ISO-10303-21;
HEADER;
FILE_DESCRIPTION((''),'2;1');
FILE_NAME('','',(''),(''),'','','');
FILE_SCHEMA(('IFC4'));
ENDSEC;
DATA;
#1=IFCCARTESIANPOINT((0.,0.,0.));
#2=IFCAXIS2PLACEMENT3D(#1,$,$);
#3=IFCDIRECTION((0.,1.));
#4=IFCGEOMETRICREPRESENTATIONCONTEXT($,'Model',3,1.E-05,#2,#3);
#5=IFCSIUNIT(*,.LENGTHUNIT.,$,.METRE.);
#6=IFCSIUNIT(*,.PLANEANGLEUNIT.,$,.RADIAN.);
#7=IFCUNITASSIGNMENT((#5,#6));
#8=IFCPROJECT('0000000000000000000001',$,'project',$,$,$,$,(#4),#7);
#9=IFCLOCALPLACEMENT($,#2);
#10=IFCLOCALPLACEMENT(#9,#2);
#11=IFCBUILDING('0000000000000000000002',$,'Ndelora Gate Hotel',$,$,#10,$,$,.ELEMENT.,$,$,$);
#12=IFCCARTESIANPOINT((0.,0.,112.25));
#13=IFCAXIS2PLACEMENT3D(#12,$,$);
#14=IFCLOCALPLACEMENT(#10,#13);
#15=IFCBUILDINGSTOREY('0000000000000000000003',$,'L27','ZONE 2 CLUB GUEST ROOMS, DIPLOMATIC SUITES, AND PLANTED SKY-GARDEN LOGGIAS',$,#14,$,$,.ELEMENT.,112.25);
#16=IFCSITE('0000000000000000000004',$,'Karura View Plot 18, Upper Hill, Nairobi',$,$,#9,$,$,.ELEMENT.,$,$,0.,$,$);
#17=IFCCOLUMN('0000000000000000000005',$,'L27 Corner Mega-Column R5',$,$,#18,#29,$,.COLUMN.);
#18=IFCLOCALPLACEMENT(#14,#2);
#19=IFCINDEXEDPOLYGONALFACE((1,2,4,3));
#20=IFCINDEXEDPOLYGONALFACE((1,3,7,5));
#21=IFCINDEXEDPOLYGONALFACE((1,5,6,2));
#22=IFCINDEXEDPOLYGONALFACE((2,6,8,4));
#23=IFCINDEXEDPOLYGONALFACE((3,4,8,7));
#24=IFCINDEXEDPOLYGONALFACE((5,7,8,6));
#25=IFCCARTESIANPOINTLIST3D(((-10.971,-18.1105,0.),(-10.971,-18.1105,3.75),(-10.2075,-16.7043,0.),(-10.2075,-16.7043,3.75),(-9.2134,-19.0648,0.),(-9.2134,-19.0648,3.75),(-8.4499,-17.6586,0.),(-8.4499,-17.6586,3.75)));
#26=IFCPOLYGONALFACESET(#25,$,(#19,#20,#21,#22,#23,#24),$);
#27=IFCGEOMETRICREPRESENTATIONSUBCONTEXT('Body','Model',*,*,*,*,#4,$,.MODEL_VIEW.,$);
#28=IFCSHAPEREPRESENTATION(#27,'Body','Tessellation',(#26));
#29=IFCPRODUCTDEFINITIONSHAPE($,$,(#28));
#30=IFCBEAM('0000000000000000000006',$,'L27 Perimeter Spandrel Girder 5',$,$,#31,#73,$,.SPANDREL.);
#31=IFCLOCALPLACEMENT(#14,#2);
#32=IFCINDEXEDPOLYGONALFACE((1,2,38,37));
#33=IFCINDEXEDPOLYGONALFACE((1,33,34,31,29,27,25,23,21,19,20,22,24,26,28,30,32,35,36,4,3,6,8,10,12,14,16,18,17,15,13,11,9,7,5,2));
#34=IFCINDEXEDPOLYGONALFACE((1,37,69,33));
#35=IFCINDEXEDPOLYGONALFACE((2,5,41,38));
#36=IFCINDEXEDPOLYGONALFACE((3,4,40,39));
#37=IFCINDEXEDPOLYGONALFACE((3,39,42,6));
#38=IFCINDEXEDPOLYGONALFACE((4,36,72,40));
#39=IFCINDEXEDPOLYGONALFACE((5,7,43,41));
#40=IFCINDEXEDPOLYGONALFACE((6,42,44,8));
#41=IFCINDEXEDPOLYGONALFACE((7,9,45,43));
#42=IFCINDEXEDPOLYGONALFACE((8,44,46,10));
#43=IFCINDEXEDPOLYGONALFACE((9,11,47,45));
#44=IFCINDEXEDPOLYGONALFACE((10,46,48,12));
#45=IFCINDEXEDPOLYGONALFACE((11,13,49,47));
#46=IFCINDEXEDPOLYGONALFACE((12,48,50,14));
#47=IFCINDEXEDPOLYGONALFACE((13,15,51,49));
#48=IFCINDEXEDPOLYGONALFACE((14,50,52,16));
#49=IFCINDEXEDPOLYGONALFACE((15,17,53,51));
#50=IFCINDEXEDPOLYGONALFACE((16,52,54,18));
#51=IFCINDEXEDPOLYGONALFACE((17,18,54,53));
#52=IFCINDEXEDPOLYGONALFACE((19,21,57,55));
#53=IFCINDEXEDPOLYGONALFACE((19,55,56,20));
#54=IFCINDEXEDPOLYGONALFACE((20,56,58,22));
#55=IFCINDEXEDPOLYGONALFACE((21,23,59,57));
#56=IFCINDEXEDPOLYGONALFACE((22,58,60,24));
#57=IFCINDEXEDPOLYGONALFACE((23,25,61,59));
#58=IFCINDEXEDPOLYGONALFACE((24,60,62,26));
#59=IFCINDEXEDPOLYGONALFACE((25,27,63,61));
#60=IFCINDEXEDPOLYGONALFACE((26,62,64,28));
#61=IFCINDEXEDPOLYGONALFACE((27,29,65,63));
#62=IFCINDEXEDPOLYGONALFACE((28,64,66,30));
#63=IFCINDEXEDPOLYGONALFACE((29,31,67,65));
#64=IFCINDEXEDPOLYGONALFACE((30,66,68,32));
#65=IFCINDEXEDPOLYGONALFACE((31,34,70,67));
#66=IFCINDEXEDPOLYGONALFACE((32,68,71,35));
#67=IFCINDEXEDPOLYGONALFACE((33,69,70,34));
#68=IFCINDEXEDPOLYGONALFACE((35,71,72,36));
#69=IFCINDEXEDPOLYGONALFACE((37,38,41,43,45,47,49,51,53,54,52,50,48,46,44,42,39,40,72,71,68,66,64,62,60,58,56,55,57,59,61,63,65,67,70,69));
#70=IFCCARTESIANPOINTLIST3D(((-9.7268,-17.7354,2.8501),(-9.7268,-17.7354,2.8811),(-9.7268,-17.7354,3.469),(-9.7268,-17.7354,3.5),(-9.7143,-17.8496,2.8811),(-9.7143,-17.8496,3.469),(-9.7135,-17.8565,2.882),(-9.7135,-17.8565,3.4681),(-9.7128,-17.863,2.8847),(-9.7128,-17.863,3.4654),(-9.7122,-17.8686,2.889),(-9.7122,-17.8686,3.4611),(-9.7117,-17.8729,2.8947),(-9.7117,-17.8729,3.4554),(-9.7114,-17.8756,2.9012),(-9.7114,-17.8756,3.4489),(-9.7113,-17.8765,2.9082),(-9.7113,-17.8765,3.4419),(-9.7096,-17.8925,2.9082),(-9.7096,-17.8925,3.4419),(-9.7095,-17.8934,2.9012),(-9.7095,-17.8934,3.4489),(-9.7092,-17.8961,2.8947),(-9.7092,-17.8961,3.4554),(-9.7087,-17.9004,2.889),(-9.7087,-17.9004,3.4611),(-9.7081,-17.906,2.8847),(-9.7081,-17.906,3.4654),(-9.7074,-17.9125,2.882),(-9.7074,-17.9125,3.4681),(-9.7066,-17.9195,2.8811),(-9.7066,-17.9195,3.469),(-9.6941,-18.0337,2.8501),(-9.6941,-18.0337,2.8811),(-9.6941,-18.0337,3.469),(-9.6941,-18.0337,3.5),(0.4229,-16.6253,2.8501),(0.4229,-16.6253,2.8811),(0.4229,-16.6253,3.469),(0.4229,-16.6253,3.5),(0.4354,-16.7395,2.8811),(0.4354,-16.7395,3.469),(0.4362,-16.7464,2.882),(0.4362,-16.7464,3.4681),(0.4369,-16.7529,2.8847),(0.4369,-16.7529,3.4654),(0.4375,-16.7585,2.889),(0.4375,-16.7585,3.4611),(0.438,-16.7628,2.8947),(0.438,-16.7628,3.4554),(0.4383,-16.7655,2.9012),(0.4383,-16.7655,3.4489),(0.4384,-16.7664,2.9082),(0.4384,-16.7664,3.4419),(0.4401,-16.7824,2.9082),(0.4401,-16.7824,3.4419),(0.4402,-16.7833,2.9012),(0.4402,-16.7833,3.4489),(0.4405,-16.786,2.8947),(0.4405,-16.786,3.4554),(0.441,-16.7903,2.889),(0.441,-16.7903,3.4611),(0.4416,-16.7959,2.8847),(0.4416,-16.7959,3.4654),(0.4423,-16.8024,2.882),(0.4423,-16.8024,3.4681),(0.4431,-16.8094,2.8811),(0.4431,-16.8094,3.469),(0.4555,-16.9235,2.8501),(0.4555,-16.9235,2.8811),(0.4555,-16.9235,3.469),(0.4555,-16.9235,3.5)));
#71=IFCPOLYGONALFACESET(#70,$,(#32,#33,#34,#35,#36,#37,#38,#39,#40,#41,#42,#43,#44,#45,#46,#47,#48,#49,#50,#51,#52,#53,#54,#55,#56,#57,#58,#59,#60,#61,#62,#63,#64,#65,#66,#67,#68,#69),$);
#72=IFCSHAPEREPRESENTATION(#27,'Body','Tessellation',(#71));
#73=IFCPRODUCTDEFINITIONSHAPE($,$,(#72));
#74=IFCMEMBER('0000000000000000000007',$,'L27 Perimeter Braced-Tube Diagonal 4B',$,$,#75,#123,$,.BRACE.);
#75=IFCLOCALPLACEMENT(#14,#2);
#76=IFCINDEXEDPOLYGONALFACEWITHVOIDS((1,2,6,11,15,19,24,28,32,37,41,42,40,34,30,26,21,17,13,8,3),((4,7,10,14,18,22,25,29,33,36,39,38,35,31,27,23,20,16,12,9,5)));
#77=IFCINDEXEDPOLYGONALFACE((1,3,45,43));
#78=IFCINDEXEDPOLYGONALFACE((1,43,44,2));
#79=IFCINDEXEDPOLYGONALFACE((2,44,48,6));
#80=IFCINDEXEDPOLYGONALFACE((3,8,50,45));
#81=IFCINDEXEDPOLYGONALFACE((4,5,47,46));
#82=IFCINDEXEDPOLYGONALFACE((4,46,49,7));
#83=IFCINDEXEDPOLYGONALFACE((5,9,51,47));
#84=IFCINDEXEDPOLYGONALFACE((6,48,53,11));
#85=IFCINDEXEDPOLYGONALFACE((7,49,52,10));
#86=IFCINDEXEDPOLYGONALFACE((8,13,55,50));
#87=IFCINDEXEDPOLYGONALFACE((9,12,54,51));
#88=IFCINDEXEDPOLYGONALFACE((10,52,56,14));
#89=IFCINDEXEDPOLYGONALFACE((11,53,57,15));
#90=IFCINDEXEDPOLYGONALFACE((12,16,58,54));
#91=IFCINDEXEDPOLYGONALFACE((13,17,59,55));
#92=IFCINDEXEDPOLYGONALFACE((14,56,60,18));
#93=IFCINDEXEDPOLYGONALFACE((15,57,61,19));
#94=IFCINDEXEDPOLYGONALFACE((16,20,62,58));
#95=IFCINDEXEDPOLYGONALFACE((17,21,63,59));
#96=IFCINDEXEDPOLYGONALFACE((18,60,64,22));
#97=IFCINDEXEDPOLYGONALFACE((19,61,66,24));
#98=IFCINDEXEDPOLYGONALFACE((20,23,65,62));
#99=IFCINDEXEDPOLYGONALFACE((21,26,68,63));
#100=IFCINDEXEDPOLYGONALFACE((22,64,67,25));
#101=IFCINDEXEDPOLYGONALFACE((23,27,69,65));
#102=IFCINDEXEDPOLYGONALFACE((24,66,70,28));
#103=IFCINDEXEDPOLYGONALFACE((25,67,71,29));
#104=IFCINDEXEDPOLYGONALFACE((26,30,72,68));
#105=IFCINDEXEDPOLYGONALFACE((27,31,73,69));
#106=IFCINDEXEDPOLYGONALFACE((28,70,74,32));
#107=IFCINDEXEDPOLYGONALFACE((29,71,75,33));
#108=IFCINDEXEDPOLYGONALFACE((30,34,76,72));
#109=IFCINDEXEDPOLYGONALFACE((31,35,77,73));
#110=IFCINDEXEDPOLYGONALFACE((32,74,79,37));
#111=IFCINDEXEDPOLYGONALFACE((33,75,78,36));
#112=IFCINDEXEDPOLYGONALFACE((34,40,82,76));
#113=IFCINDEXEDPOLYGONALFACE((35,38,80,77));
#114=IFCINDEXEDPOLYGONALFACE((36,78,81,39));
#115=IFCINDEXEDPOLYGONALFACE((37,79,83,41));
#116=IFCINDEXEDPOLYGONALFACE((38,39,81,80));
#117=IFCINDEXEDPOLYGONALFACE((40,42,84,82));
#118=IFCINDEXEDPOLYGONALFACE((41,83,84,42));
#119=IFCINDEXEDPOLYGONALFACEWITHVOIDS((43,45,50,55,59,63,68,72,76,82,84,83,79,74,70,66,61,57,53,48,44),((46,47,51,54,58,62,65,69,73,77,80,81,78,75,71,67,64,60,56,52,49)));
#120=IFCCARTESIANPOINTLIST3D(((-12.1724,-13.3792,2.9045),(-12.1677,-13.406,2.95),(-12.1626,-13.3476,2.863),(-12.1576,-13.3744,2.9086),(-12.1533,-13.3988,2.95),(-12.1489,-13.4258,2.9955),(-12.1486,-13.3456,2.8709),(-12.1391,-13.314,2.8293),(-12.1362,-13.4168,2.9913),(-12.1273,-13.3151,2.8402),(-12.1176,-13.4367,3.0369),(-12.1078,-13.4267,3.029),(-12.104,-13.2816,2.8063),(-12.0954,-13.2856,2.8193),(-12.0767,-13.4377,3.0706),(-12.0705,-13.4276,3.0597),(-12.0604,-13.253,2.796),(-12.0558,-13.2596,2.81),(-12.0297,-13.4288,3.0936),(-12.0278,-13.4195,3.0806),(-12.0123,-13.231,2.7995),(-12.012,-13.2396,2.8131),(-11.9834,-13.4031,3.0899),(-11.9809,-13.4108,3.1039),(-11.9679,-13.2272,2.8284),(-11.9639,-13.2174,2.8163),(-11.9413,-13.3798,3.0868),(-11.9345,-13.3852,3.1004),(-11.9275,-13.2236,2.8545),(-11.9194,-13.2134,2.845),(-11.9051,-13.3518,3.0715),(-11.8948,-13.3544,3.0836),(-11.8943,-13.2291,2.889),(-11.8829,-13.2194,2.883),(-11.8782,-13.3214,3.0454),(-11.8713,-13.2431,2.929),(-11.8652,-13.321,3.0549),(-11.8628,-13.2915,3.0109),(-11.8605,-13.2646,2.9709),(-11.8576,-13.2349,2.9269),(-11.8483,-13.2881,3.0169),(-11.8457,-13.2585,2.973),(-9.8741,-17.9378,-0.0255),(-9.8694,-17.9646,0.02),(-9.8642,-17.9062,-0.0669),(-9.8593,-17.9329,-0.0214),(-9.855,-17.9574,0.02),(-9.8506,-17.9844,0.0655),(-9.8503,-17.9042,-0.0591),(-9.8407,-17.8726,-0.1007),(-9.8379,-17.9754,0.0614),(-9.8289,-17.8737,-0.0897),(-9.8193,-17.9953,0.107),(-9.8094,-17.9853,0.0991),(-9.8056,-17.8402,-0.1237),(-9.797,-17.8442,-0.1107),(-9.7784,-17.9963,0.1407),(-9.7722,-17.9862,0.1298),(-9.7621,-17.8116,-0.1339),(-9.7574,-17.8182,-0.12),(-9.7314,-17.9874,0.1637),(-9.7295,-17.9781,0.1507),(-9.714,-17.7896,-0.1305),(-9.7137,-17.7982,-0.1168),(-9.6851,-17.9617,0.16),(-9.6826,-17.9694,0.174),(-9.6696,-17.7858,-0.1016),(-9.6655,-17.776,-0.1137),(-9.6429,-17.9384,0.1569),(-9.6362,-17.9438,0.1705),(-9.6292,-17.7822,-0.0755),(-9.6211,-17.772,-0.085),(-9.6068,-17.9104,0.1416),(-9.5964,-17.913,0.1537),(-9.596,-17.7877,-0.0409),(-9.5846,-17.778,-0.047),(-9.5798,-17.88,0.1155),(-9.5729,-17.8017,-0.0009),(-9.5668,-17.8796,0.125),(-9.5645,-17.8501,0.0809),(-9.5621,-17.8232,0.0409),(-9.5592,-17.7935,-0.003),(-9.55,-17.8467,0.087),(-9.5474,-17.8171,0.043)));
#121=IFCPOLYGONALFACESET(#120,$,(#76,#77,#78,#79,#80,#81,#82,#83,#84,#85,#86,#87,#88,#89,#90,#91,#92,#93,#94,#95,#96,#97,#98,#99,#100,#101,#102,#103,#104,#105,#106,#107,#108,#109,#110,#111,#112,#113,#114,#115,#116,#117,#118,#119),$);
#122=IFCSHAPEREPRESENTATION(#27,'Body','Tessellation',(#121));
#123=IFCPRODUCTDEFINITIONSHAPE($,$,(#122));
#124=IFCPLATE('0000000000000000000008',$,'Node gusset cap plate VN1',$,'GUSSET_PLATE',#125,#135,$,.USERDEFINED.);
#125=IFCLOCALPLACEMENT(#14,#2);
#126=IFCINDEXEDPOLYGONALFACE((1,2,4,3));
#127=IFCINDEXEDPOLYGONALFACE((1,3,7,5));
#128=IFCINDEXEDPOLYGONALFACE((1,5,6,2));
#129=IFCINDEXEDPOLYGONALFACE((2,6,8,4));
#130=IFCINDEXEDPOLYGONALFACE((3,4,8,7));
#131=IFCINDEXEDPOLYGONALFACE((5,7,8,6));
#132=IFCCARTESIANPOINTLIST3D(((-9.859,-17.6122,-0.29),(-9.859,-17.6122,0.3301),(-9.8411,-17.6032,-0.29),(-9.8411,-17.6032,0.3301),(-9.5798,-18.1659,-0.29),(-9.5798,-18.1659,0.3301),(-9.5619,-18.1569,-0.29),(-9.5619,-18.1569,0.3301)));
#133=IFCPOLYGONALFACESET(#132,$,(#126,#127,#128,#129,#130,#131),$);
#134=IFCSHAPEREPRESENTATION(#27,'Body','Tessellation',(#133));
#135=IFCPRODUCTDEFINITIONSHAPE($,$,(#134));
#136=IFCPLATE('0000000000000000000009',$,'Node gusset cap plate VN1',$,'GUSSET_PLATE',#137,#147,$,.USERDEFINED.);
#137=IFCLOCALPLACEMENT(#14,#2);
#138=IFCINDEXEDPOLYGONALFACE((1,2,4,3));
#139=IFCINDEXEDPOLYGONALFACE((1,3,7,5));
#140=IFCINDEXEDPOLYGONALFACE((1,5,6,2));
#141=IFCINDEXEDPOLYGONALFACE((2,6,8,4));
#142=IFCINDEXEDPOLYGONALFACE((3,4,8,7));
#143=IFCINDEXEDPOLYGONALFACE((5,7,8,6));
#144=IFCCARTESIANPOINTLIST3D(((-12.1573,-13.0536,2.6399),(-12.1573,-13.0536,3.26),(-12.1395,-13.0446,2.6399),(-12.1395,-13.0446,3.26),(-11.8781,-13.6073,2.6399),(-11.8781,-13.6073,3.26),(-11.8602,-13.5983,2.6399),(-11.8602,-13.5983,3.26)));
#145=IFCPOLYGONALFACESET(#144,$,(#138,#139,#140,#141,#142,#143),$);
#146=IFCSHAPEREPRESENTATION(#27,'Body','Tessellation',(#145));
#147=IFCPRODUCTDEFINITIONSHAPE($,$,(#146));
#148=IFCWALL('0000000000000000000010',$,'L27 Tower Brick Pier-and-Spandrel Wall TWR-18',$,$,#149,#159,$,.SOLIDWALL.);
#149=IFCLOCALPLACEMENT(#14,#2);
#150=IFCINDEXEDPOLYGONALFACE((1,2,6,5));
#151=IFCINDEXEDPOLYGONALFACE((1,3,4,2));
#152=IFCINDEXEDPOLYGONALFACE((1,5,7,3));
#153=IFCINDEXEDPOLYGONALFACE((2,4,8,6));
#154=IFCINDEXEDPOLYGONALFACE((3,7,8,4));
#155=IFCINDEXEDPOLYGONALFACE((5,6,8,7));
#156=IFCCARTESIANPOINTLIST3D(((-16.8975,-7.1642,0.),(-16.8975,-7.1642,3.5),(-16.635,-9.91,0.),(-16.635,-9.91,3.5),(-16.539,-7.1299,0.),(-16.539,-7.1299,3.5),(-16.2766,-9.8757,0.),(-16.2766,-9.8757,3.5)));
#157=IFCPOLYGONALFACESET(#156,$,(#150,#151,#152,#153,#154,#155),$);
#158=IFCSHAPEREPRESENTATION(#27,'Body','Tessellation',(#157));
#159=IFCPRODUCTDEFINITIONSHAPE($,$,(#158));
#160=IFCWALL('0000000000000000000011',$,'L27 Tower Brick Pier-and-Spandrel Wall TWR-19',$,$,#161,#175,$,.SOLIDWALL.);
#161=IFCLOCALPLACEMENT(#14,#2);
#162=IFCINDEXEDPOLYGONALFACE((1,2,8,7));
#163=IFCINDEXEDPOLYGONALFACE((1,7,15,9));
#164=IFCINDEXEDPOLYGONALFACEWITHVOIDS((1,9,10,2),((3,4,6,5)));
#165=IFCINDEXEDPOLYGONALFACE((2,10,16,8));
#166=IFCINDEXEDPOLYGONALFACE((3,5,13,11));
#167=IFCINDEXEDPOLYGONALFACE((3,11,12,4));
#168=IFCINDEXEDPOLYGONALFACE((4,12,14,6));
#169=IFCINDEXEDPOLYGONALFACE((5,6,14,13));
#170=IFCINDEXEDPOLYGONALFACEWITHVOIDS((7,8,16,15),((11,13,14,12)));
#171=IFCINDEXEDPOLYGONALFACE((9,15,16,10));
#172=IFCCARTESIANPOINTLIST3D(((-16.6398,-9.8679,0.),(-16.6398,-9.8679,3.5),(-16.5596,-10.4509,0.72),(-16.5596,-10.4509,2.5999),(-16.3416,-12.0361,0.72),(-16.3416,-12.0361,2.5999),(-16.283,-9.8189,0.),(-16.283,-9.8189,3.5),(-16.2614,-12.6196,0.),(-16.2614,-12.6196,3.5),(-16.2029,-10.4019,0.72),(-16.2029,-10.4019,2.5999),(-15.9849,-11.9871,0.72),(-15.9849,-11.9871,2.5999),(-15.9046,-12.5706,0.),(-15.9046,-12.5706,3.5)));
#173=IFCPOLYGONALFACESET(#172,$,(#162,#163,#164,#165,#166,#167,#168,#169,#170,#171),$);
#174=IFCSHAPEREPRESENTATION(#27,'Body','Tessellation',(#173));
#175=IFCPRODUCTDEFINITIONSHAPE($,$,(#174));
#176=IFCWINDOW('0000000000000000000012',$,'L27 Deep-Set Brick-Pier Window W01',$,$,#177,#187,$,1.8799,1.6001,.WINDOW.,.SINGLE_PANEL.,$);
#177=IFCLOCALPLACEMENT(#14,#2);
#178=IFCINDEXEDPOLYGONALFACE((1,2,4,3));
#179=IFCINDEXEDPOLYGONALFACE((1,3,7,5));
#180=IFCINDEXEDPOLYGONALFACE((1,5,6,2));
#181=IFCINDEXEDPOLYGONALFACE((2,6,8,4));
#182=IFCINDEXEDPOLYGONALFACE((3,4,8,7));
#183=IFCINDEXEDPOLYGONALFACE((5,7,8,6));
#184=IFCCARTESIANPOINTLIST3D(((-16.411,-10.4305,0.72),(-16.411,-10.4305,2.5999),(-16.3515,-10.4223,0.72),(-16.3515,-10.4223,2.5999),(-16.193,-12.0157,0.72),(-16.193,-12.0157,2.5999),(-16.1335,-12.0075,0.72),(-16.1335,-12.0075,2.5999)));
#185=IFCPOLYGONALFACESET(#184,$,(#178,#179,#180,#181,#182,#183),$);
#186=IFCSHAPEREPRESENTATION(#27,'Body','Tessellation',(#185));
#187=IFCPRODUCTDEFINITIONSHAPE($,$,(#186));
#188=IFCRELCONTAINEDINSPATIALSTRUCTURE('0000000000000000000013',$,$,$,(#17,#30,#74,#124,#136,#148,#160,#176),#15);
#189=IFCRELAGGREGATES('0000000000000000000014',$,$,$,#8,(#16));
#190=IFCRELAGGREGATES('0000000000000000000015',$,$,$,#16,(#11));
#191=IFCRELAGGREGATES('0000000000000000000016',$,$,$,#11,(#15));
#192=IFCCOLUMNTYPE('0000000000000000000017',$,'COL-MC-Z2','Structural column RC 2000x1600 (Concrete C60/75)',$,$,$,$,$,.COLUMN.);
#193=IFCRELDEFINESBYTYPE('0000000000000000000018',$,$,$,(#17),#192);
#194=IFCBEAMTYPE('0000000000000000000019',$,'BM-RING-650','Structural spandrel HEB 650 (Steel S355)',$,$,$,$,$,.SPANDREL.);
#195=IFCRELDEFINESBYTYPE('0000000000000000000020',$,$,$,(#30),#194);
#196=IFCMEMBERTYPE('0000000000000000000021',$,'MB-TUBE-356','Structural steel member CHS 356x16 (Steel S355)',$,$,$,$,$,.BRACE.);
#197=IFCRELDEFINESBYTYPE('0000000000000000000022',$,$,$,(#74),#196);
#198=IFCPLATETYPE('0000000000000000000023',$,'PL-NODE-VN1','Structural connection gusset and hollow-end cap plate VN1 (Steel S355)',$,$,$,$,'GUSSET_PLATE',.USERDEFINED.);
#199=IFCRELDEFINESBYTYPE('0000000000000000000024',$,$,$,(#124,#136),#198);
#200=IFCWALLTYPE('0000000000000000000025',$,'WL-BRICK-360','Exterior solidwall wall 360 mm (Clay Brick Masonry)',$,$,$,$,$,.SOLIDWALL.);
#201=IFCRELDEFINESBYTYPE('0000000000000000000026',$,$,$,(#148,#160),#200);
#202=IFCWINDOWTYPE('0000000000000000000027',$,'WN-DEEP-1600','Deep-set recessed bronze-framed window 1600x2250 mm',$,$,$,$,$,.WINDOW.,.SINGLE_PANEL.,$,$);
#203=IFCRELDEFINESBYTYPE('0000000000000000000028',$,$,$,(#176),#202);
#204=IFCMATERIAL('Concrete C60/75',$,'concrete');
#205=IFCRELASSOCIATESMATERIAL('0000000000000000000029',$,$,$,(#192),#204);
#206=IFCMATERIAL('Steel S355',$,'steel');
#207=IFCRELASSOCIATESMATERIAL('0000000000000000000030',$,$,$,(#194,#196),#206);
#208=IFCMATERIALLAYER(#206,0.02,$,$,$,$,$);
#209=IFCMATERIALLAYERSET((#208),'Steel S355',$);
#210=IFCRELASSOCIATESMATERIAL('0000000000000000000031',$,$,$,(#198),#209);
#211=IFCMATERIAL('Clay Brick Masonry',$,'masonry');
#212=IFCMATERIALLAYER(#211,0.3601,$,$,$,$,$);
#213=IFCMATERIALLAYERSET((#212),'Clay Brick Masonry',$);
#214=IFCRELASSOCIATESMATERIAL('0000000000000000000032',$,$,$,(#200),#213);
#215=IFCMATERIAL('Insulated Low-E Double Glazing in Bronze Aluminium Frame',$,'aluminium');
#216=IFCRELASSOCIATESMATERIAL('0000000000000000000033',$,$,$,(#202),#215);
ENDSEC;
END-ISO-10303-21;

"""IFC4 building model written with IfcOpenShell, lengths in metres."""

from ifc_helpers import new_model, si_unit, direction, frame, frame_2d, origin, origin_2d, place, context, subcontext, project, spatial, rectangle, hollow_circle, i_section, extrude, material, layer, layer_set, material_profile, profile_set, type_object, element, fill, save


model = new_model("IFC4")

# Units and contexts
model_context = context("Model", 3, precision=1e-05, world=origin(), true_north=direction((0.0, 1.0)))
body_context = subcontext(model_context, "Body", "Model", "MODEL_VIEW")
ifc_project = project(units=[si_unit("LENGTHUNIT", "METRE"), si_unit("PLANEANGLEUNIT", "RADIAN")], contexts=[model_context])

# Site, building, storey
site_placement = place(None, origin())
site = spatial("IfcSite", under=ifc_project, at=site_placement, Name="Karura View Plot 18, Upper Hill, Nairobi", CompositionType="ELEMENT", RefElevation=0.0)
building_placement = place(site_placement, origin())
building = spatial("IfcBuilding", under=site, at=building_placement, Name="Ndelora Gate Hotel", CompositionType="ELEMENT")
storey_placement = place(building_placement, frame((0.0, 0.0, 112.25)))
storey = spatial("IfcBuildingStorey", under=building, at=storey_placement, Name="L27", Description="ZONE 2 CLUB GUEST ROOMS, DIPLOMATIC SUITES, AND PLANTED SKY-GARDEN LOGGIAS", CompositionType="ELEMENT", Elevation=112.25)

# Column
ifc_material_1 = material(Name="Concrete C60/75", Category="concrete")
ifc_material_profile_1 = material_profile(ifc_material_1, rectangle(XDim=1.6001, YDim=2.0, at=origin_2d()), Name="RC 2000x1600")
ifc_profile_set_1 = profile_set([ifc_material_profile_1], Name="Concrete C60/75")
column_type = type_object("IfcColumnType", Name="COL-MC-Z2", Description="Structural column RC 2000x1600 (Concrete C60/75)", PredefinedType="COLUMN", material=ifc_profile_set_1)
column_placement = place(storey_placement, frame((-9.7104, -17.8845, 0.0), z_axis=(0.0, 0.0, 1.0), x_axis=(0.477159, 0.878817, 0.0)))
element("IfcColumn", 1, at=column_placement, inside=storey, type_object=column_type, Name="L27 Corner Mega-Column R5", PredefinedType="COLUMN", context=body_context, shape_type="SweptSolid", body=[
    extrude(rectangle(XDim=1.6001, YDim=2.0, at=origin_2d()), origin(), (0.0, 0.0, 1.0), 3.75),
])

# Beam
ifc_material_2 = material(Name="Steel S355", Category="steel")
ifc_material_profile_2 = material_profile(ifc_material_2, i_section(OverallWidth=0.3, OverallDepth=0.6499, WebThickness=0.0161, FlangeThickness=0.031, FilletRadius=0.0271, at=origin_2d()), Name="HEB 650")
ifc_profile_set_2 = profile_set([ifc_material_profile_2], Name="Steel S355")
beam_type = type_object("IfcBeamType", Name="BM-RING-650", Description="Structural spandrel HEB 650 (Steel S355)", PredefinedType="SPANDREL", material=ifc_profile_set_2)
beam_placement = place(storey_placement, frame((-9.7104, -17.8845, 3.175), z_axis=(0.994072, 0.108725, 0.0), x_axis=(-0.108725, 0.994072, 0.0)))
element("IfcBeam", 2, at=beam_placement, inside=storey, type_object=beam_type, Name="L27 Perimeter Spandrel Girder 5", PredefinedType="SPANDREL", context=body_context, shape_type="SweptSolid", body=[
    extrude(i_section(OverallWidth=0.3, OverallDepth=0.6499, WebThickness=0.0161, FlangeThickness=0.031, FilletRadius=0.0271, at=origin_2d()), origin(), (0.0, 0.0, 1.0), 10.2102),
])

# Member
ifc_material_profile_3 = material_profile(ifc_material_2, hollow_circle(Radius=0.178, WallThickness=0.0161, at=origin_2d()), Name="CHS 356x16")
ifc_profile_set_3 = profile_set([ifc_material_profile_3], Name="Steel S355")
member_type = type_object("IfcMemberType", Name="MB-TUBE-356", Description="Structural steel member CHS 356x16 (Steel S355)", PredefinedType="BRACE", material=ifc_profile_set_3)
member_placement = place(storey_placement, frame((-9.7104, -17.8845, 0.02), z_axis=(-0.390461, 0.774451, 0.497761), x_axis=(-0.89293, -0.450195, 0.0)))
element("IfcMember", 3, at=member_placement, inside=storey, type_object=member_type, Name="L27 Perimeter Braced-Tube Diagonal 4B", PredefinedType="BRACE", context=body_context, shape_type="SweptSolid", body=[
    extrude(hollow_circle(Radius=0.178, WallThickness=0.0161, at=origin_2d()), origin(), (0.0, 0.0, 1.0), 5.8862),
])

# Plates
ifc_layer_1 = layer(ifc_material_2, 0.02)
ifc_layer_set_1 = layer_set([ifc_layer_1], Name="Steel S355")
plate_type = type_object("IfcPlateType", Name="PL-NODE-VN1", Description="Structural connection gusset and hollow-end cap plate VN1 (Steel S355)", ElementType="GUSSET_PLATE", PredefinedType="USERDEFINED", material=ifc_layer_set_1)
for number, where, z_axis, x_axis, name in (
    (4, (-9.7104, -17.8845, -0.29), (0.0, 0.0, 1.0), (-0.450254, 0.8929, 0.0), "Node gusset cap plate VN1"),
    (5, (-12.0088, -13.3259, 2.6399), (0.0, 0.0, 1.0), (-0.450254, 0.8929, 0.0), "Node gusset cap plate VN1"),
):
    element("IfcPlate", number, at=place(storey_placement, frame(where, z_axis=z_axis, x_axis=x_axis)), inside=storey, type_object=plate_type, Name=name, ObjectType="GUSSET_PLATE", PredefinedType="USERDEFINED", context=body_context, shape_type="SweptSolid", body=[
        extrude(rectangle(XDim=0.6201, YDim=0.02, at=origin_2d()), origin(), (0.0, 0.0, 1.0), 0.6201),
    ])

# Wall
ifc_material_3 = material(Name="Clay Brick Masonry", Category="masonry")
ifc_layer_2 = layer(ifc_material_3, 0.3601)
ifc_layer_set_2 = layer_set([ifc_layer_2], Name="Clay Brick Masonry")
wall_type = type_object("IfcWallType", Name="WL-BRICK-360", Description="Exterior solidwall wall 360 mm (Clay Brick Masonry)", PredefinedType="SOLIDWALL", material=ifc_layer_set_2)
wall_1_placement = place(storey_placement, frame((-16.4558, -9.8928, 0.0), z_axis=(0.0, 0.0, 1.0), x_axis=(-0.095147, 0.995463, 0.0)))
element("IfcWall", 6, at=wall_1_placement, inside=storey, type_object=wall_type, Name="L27 Tower Brick Pier-and-Spandrel Wall TWR-18", PredefinedType="SOLIDWALL", context=body_context, shape_type="SweptSolid", body=[
    extrude(rectangle(XDim=2.7583, YDim=0.3601, at=frame_2d((1.3792, 0.0))), origin(), (0.0, 0.0, 1.0), 3.5),
])

# Wall, opening, window
wall_2_placement = place(storey_placement, frame((-16.083, -12.595, 0.0), z_axis=(0.0, 0.0, 1.0), x_axis=(-0.136239, 0.990676, 0.0)))
wall_2 = element("IfcWall", 7, at=wall_2_placement, inside=storey, type_object=wall_type, Name="L27 Tower Brick Pier-and-Spandrel Wall TWR-19", PredefinedType="SOLIDWALL", context=body_context, shape_type="SweptSolid", body=[
    extrude(rectangle(XDim=2.7776, YDim=0.3601, at=frame_2d((1.3887, 0.0))), origin(), (0.0, 0.0, 1.0), 3.5),
])
opening_1_placement = place(wall_2_placement, frame((0.5889, 0.0, 0.72)))
opening_1 = element("IfcOpeningElement", 8, at=opening_1_placement, cuts=wall_2, PredefinedType="OPENING", context=body_context, shape_type="SweptSolid", body=[
    extrude(rectangle(XDim=1.6001, YDim=1.8799, at=frame_2d((0.8, 0.9399))), frame((0.0, 0.1899, 0.0), z_axis=(0.0, -1.0, 0.0), x_axis=(1.0, 0.0, 0.0)), (0.0, 0.0, 1.0), 0.3801),
])
ifc_material_4 = material(Name="Insulated Low-E Double Glazing in Bronze Aluminium Frame", Category="aluminium")
window_type = type_object("IfcWindowType", Name="WN-DEEP-1600", Description="Deep-set recessed bronze-framed window 1600x2250 mm", PartitioningType="SINGLE_PANEL", PredefinedType="WINDOW", material=ifc_material_4)
window_1_placement = place(opening_1_placement, origin())
window_1 = element("IfcWindow", 9, at=window_1_placement, inside=storey, type_object=window_type, Name="L27 Deep-Set Brick-Pier Window W01", OverallHeight=1.8799, OverallWidth=1.6001, PartitioningType="SINGLE_PANEL", PredefinedType="WINDOW", context=body_context, shape_type="SweptSolid", body=[
    extrude(rectangle(XDim=1.6001, YDim=1.8799, at=frame_2d((0.8, 0.9399))), frame((0.0, 0.03, 0.0), z_axis=(0.0, -1.0, 0.0), x_axis=(1.0, 0.0, 0.0)), (0.0, 0.0, 1.0), 0.0601),
])
fill(opening_1, window_1)

save(model, "model.ifc")
